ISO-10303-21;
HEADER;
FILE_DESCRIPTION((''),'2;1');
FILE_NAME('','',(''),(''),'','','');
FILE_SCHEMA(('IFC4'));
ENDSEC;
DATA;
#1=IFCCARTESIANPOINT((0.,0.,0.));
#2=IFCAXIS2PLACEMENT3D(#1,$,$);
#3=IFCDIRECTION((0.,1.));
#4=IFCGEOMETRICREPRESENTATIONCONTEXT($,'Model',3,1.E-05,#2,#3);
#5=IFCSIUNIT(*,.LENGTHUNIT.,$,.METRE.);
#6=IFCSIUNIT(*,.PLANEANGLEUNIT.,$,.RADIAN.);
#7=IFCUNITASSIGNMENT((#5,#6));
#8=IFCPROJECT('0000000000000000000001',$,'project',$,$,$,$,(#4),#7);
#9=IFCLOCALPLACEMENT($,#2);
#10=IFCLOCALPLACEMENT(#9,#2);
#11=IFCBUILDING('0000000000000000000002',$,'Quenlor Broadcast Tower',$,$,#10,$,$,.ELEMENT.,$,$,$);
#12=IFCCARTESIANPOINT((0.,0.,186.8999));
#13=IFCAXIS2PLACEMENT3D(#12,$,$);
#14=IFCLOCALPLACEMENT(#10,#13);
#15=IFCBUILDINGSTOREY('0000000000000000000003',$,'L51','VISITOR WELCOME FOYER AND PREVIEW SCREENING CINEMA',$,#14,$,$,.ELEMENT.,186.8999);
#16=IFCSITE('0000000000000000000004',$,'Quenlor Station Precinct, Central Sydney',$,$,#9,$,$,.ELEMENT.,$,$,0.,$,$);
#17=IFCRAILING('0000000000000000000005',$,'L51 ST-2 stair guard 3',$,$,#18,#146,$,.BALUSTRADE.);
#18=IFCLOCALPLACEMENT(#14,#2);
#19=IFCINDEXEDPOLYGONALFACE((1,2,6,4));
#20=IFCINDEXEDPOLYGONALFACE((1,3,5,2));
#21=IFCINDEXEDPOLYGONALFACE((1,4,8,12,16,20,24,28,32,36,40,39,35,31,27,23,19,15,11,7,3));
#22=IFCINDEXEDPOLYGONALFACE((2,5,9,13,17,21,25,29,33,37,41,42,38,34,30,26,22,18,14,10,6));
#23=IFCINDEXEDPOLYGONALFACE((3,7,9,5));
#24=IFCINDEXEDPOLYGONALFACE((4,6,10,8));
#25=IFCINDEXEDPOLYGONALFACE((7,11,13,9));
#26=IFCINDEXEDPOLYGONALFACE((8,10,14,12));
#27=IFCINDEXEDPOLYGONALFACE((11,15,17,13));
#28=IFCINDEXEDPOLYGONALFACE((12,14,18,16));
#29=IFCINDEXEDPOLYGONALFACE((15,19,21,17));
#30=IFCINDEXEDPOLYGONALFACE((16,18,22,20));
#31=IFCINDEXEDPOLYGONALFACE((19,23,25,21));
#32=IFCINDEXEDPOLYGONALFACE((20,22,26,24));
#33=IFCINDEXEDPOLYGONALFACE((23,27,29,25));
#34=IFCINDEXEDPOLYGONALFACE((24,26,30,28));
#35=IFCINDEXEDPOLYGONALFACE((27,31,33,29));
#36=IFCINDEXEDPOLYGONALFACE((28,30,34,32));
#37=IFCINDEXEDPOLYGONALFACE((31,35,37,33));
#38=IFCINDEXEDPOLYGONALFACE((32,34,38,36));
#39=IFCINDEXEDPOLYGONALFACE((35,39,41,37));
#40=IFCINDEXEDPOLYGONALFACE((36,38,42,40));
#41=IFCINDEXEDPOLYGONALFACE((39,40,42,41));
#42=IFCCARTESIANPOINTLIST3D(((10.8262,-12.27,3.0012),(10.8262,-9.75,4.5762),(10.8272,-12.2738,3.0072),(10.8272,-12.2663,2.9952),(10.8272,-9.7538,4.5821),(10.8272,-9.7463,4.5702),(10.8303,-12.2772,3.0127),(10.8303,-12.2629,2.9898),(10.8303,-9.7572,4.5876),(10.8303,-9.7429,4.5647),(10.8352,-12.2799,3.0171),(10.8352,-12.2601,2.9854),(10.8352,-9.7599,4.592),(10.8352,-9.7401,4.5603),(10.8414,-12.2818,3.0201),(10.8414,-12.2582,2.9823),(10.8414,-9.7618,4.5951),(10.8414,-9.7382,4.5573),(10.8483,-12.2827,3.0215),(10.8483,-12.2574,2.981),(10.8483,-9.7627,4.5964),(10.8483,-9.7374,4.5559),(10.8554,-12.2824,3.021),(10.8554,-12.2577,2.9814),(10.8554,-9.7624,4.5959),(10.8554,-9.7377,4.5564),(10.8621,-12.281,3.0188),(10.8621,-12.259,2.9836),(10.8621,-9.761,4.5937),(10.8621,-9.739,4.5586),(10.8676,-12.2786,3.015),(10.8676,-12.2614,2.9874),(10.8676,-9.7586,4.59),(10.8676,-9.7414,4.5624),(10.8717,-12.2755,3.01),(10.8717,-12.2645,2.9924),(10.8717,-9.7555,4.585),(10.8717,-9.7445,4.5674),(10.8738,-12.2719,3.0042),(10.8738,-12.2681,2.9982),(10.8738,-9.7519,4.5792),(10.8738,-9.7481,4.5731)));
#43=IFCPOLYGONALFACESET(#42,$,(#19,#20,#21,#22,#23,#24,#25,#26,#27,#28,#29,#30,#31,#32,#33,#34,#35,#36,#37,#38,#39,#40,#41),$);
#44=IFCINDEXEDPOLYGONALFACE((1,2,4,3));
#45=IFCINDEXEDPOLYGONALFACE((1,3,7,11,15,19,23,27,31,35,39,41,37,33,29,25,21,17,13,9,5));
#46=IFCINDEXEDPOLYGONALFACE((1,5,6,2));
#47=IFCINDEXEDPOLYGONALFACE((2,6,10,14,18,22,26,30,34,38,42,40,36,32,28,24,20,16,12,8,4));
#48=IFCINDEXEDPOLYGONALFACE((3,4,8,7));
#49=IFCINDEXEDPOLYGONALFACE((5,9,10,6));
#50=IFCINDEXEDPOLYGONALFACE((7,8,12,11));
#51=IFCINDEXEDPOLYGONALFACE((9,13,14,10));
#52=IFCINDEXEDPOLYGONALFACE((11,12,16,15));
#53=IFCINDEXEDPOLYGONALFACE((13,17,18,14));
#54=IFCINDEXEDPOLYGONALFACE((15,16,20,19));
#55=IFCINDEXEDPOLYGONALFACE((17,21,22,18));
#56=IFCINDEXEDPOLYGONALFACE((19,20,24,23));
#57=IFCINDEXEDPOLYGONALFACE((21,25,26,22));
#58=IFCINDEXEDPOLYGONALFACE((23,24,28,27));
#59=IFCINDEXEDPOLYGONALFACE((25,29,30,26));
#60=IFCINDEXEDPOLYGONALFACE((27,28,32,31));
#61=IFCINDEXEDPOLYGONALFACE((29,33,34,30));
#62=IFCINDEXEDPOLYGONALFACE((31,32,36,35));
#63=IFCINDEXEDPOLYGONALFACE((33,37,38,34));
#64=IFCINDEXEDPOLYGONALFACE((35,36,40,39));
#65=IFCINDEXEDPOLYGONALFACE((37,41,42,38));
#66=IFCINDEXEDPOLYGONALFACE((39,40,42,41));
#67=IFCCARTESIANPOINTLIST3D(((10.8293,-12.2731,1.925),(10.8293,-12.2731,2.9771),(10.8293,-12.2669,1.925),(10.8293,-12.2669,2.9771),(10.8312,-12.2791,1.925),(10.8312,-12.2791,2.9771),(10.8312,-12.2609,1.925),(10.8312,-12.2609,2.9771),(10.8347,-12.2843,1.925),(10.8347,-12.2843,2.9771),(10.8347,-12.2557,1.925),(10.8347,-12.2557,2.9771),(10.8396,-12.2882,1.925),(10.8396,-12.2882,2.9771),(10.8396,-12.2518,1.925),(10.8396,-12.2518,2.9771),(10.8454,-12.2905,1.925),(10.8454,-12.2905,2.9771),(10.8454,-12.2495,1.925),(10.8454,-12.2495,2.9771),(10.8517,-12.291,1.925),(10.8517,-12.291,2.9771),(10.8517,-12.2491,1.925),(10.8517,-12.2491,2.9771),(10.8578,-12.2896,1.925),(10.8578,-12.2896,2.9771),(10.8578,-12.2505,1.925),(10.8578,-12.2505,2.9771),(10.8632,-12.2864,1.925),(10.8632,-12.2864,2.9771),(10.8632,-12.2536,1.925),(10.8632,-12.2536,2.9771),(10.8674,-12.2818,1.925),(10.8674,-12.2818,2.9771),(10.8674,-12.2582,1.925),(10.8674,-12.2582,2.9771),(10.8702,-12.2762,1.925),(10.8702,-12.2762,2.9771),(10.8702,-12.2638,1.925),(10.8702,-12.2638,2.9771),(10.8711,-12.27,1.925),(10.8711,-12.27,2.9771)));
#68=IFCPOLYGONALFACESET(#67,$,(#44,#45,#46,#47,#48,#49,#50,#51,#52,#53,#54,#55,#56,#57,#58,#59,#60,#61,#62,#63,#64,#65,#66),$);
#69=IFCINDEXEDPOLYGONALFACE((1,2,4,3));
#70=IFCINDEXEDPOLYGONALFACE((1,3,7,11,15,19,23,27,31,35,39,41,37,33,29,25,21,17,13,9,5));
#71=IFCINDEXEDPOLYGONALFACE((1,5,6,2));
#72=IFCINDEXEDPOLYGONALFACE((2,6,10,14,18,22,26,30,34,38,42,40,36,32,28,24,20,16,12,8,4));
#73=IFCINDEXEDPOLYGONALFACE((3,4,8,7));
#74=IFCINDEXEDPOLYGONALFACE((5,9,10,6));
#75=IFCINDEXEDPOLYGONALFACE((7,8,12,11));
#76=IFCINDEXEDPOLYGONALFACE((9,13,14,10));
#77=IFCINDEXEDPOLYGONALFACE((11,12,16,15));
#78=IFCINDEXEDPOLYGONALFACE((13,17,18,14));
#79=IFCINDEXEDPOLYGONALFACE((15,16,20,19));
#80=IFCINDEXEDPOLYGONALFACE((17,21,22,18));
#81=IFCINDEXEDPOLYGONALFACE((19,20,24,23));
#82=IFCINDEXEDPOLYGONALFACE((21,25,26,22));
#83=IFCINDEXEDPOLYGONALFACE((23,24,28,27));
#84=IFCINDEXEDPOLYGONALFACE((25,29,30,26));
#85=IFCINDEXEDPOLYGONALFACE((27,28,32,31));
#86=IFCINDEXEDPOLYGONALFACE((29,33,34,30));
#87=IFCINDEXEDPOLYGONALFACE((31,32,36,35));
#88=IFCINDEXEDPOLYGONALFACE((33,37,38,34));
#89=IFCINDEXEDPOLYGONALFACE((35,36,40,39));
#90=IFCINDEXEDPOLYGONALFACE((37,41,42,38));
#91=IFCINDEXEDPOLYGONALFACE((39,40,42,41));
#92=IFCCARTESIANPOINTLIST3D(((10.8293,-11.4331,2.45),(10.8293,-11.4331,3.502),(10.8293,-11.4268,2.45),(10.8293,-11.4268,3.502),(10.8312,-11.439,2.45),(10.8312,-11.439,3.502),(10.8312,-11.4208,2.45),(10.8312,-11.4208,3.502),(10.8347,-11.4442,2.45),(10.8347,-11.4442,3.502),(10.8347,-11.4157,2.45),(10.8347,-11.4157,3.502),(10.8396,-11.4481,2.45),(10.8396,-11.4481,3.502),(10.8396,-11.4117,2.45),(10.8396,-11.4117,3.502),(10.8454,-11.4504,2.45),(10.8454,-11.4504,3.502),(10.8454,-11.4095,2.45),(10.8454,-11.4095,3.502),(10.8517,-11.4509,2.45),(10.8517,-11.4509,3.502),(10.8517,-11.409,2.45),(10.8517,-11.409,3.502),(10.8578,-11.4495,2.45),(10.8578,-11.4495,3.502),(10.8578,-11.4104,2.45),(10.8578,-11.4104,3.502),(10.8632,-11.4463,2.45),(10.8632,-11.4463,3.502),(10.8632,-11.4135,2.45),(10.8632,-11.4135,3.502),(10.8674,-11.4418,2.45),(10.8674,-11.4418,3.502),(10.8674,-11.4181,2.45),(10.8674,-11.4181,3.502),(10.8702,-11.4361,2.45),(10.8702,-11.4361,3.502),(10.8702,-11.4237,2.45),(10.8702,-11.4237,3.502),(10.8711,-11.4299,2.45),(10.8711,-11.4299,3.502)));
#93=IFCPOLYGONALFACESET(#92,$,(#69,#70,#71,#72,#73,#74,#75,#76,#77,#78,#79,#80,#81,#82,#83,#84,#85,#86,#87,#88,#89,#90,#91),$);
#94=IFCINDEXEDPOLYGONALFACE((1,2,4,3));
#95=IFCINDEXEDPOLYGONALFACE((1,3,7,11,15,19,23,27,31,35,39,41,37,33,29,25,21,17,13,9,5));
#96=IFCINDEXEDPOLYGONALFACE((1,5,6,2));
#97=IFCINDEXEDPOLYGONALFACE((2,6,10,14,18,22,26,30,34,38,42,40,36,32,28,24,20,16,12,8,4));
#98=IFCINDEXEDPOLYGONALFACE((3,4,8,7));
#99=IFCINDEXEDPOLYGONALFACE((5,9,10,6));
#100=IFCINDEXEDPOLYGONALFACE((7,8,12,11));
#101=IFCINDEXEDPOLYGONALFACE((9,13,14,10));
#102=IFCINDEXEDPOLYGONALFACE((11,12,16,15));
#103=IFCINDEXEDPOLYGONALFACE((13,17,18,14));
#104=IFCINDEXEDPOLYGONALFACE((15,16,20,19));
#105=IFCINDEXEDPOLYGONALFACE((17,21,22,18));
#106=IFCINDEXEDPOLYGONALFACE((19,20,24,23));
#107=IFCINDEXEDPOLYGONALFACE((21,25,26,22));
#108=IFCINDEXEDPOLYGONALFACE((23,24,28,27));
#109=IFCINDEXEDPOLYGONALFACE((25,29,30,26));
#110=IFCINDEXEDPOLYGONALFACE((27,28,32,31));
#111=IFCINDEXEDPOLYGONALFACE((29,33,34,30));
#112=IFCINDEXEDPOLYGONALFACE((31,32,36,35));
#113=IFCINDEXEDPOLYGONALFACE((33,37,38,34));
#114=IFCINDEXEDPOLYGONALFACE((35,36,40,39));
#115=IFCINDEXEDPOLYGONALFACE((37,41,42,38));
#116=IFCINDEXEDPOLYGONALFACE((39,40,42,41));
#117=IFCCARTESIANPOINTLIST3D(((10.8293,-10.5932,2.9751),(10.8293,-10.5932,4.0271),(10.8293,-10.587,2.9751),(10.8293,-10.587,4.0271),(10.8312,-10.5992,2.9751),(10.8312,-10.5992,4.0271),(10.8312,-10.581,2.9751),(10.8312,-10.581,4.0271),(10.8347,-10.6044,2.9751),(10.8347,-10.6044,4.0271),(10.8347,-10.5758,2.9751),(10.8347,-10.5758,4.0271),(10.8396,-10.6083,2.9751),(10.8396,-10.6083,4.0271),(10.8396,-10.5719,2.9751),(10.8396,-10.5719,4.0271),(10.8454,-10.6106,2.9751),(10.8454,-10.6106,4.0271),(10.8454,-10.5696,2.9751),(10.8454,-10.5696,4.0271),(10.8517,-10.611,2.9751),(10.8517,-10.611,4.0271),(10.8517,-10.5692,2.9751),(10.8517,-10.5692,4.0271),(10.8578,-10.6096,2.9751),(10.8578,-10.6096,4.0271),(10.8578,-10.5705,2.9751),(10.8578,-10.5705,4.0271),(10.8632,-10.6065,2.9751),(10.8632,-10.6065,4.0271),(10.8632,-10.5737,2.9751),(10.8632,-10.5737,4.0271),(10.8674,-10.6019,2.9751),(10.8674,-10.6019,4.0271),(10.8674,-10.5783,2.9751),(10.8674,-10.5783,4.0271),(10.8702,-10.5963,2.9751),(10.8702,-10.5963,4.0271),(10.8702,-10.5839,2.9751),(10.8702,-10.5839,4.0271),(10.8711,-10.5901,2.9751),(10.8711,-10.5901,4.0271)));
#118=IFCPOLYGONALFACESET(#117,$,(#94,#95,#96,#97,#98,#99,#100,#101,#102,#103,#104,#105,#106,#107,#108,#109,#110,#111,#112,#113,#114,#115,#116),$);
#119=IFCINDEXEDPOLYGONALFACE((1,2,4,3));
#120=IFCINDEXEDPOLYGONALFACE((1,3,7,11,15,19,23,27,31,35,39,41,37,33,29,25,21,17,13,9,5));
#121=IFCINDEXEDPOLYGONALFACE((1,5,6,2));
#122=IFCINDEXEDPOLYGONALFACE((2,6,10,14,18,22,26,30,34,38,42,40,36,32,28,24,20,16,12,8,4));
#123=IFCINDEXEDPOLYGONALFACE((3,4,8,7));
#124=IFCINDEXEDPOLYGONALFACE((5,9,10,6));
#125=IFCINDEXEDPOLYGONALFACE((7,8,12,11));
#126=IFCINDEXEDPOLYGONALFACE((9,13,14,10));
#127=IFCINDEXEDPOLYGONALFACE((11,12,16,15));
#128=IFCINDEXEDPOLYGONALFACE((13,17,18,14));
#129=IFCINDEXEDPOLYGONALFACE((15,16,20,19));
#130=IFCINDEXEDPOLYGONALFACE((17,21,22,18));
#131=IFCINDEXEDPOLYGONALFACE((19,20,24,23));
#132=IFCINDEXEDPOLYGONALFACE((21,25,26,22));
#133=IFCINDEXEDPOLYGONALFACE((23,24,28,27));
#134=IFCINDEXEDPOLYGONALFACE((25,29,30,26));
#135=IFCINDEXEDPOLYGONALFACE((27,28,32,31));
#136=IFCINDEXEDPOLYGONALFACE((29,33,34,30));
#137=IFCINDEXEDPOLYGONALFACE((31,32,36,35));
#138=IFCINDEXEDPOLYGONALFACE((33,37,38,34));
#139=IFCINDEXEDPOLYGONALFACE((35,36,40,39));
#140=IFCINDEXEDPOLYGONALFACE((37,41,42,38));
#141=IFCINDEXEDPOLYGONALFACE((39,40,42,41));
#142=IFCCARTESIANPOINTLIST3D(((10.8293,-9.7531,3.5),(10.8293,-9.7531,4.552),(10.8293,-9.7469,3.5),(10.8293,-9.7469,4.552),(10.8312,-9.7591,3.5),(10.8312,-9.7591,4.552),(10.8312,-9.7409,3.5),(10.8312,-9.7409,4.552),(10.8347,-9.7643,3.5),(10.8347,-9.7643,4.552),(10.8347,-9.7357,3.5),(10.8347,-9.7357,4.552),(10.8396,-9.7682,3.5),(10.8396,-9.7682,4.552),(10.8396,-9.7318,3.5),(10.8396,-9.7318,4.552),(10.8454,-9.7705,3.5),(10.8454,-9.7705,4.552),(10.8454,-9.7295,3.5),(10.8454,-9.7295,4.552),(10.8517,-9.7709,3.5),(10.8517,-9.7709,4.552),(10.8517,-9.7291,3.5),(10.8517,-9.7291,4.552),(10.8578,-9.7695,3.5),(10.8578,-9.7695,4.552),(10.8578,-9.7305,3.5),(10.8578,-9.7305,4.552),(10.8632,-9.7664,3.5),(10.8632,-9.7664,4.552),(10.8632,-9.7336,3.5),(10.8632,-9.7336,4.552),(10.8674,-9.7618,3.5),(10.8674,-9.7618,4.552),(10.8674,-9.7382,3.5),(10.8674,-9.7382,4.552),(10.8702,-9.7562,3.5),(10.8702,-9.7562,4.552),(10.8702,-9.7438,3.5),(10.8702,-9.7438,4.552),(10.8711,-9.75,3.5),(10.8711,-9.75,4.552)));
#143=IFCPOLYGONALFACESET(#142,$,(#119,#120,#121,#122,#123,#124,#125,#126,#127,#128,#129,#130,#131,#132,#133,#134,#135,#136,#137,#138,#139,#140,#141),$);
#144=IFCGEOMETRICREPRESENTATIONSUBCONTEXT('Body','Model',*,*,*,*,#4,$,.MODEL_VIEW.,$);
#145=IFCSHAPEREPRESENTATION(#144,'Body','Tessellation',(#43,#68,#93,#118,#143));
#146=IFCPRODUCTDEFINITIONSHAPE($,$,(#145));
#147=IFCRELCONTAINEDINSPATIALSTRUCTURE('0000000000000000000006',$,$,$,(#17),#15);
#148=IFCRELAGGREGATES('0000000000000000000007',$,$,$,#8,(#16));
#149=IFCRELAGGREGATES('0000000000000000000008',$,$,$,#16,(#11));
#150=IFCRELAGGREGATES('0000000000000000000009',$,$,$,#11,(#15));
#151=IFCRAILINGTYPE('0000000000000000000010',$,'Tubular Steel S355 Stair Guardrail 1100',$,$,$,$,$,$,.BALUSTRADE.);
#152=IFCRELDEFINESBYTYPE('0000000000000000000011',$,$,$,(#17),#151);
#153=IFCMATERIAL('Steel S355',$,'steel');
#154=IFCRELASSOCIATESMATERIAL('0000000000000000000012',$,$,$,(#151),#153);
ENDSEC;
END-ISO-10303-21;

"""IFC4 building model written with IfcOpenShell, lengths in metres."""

from ifc_helpers import new_model, si_unit, direction, frame, origin, origin_2d, place, context, subcontext, project, spatial, circle, extrude, material, type_object, element, save


model = new_model("IFC4")

# Units and contexts
model_context = context("Model", 3, precision=1e-05, world=origin(), true_north=direction((0.0, 1.0)))
body_context = subcontext(model_context, "Body", "Model", "MODEL_VIEW")
ifc_project = project(units=[si_unit("LENGTHUNIT", "METRE"), si_unit("PLANEANGLEUNIT", "RADIAN")], contexts=[model_context])

# Site, building, storey
site_placement = place(None, origin())
site = spatial("IfcSite", under=ifc_project, at=site_placement, Name="Quenlor Station Precinct, Central Sydney", CompositionType="ELEMENT", RefElevation=0.0)
building_placement = place(site_placement, origin())
building = spatial("IfcBuilding", under=site, at=building_placement, Name="Quenlor Broadcast Tower", CompositionType="ELEMENT")
storey_placement = place(building_placement, frame((0.0, 0.0, 186.8999)))
storey = spatial("IfcBuildingStorey", under=building, at=storey_placement, Name="L51", Description="VISITOR WELCOME FOYER AND PREVIEW SCREENING CINEMA", CompositionType="ELEMENT", Elevation=186.8999)

# Railing
ifc_material_1 = material(Name="Steel S355", Category="steel")
railing_type_1 = type_object("IfcRailingType", Name="Tubular Steel S355 Stair Guardrail 1100", PredefinedType="BALUSTRADE", material=ifc_material_1)
railing_1_placement = place(storey_placement, frame((10.8501, -12.27, 1.925)))
element("IfcRailing", 1, at=railing_1_placement, inside=storey, type_object=railing_type_1, Name="L51 ST-2 stair guard 3", PredefinedType="BALUSTRADE", context=body_context, shape_type="SweptSolid", body=[
    extrude(circle(Radius=0.0239, at=origin_2d()), frame((0.0, 0.0, 1.0762), z_axis=(0.0, 0.848008, 0.529984), x_axis=(-1.0, 0.0, 0.0)), (0.0, 0.0, 1.0), 2.9717),
    extrude(circle(Radius=0.021, at=origin_2d()), origin(), (0.0, 0.0, 1.0), 1.052),
    extrude(circle(Radius=0.021, at=origin_2d()), frame((0.0, 0.8401, 0.5249)), (0.0, 0.0, 1.0), 1.052),
    extrude(circle(Radius=0.021, at=origin_2d()), frame((0.0, 1.6799, 1.05)), (0.0, 0.0, 1.0), 1.052),
    extrude(circle(Radius=0.021, at=origin_2d()), frame((0.0, 2.52, 1.575)), (0.0, 0.0, 1.0), 1.052),
])

save(model, "model.ifc")
